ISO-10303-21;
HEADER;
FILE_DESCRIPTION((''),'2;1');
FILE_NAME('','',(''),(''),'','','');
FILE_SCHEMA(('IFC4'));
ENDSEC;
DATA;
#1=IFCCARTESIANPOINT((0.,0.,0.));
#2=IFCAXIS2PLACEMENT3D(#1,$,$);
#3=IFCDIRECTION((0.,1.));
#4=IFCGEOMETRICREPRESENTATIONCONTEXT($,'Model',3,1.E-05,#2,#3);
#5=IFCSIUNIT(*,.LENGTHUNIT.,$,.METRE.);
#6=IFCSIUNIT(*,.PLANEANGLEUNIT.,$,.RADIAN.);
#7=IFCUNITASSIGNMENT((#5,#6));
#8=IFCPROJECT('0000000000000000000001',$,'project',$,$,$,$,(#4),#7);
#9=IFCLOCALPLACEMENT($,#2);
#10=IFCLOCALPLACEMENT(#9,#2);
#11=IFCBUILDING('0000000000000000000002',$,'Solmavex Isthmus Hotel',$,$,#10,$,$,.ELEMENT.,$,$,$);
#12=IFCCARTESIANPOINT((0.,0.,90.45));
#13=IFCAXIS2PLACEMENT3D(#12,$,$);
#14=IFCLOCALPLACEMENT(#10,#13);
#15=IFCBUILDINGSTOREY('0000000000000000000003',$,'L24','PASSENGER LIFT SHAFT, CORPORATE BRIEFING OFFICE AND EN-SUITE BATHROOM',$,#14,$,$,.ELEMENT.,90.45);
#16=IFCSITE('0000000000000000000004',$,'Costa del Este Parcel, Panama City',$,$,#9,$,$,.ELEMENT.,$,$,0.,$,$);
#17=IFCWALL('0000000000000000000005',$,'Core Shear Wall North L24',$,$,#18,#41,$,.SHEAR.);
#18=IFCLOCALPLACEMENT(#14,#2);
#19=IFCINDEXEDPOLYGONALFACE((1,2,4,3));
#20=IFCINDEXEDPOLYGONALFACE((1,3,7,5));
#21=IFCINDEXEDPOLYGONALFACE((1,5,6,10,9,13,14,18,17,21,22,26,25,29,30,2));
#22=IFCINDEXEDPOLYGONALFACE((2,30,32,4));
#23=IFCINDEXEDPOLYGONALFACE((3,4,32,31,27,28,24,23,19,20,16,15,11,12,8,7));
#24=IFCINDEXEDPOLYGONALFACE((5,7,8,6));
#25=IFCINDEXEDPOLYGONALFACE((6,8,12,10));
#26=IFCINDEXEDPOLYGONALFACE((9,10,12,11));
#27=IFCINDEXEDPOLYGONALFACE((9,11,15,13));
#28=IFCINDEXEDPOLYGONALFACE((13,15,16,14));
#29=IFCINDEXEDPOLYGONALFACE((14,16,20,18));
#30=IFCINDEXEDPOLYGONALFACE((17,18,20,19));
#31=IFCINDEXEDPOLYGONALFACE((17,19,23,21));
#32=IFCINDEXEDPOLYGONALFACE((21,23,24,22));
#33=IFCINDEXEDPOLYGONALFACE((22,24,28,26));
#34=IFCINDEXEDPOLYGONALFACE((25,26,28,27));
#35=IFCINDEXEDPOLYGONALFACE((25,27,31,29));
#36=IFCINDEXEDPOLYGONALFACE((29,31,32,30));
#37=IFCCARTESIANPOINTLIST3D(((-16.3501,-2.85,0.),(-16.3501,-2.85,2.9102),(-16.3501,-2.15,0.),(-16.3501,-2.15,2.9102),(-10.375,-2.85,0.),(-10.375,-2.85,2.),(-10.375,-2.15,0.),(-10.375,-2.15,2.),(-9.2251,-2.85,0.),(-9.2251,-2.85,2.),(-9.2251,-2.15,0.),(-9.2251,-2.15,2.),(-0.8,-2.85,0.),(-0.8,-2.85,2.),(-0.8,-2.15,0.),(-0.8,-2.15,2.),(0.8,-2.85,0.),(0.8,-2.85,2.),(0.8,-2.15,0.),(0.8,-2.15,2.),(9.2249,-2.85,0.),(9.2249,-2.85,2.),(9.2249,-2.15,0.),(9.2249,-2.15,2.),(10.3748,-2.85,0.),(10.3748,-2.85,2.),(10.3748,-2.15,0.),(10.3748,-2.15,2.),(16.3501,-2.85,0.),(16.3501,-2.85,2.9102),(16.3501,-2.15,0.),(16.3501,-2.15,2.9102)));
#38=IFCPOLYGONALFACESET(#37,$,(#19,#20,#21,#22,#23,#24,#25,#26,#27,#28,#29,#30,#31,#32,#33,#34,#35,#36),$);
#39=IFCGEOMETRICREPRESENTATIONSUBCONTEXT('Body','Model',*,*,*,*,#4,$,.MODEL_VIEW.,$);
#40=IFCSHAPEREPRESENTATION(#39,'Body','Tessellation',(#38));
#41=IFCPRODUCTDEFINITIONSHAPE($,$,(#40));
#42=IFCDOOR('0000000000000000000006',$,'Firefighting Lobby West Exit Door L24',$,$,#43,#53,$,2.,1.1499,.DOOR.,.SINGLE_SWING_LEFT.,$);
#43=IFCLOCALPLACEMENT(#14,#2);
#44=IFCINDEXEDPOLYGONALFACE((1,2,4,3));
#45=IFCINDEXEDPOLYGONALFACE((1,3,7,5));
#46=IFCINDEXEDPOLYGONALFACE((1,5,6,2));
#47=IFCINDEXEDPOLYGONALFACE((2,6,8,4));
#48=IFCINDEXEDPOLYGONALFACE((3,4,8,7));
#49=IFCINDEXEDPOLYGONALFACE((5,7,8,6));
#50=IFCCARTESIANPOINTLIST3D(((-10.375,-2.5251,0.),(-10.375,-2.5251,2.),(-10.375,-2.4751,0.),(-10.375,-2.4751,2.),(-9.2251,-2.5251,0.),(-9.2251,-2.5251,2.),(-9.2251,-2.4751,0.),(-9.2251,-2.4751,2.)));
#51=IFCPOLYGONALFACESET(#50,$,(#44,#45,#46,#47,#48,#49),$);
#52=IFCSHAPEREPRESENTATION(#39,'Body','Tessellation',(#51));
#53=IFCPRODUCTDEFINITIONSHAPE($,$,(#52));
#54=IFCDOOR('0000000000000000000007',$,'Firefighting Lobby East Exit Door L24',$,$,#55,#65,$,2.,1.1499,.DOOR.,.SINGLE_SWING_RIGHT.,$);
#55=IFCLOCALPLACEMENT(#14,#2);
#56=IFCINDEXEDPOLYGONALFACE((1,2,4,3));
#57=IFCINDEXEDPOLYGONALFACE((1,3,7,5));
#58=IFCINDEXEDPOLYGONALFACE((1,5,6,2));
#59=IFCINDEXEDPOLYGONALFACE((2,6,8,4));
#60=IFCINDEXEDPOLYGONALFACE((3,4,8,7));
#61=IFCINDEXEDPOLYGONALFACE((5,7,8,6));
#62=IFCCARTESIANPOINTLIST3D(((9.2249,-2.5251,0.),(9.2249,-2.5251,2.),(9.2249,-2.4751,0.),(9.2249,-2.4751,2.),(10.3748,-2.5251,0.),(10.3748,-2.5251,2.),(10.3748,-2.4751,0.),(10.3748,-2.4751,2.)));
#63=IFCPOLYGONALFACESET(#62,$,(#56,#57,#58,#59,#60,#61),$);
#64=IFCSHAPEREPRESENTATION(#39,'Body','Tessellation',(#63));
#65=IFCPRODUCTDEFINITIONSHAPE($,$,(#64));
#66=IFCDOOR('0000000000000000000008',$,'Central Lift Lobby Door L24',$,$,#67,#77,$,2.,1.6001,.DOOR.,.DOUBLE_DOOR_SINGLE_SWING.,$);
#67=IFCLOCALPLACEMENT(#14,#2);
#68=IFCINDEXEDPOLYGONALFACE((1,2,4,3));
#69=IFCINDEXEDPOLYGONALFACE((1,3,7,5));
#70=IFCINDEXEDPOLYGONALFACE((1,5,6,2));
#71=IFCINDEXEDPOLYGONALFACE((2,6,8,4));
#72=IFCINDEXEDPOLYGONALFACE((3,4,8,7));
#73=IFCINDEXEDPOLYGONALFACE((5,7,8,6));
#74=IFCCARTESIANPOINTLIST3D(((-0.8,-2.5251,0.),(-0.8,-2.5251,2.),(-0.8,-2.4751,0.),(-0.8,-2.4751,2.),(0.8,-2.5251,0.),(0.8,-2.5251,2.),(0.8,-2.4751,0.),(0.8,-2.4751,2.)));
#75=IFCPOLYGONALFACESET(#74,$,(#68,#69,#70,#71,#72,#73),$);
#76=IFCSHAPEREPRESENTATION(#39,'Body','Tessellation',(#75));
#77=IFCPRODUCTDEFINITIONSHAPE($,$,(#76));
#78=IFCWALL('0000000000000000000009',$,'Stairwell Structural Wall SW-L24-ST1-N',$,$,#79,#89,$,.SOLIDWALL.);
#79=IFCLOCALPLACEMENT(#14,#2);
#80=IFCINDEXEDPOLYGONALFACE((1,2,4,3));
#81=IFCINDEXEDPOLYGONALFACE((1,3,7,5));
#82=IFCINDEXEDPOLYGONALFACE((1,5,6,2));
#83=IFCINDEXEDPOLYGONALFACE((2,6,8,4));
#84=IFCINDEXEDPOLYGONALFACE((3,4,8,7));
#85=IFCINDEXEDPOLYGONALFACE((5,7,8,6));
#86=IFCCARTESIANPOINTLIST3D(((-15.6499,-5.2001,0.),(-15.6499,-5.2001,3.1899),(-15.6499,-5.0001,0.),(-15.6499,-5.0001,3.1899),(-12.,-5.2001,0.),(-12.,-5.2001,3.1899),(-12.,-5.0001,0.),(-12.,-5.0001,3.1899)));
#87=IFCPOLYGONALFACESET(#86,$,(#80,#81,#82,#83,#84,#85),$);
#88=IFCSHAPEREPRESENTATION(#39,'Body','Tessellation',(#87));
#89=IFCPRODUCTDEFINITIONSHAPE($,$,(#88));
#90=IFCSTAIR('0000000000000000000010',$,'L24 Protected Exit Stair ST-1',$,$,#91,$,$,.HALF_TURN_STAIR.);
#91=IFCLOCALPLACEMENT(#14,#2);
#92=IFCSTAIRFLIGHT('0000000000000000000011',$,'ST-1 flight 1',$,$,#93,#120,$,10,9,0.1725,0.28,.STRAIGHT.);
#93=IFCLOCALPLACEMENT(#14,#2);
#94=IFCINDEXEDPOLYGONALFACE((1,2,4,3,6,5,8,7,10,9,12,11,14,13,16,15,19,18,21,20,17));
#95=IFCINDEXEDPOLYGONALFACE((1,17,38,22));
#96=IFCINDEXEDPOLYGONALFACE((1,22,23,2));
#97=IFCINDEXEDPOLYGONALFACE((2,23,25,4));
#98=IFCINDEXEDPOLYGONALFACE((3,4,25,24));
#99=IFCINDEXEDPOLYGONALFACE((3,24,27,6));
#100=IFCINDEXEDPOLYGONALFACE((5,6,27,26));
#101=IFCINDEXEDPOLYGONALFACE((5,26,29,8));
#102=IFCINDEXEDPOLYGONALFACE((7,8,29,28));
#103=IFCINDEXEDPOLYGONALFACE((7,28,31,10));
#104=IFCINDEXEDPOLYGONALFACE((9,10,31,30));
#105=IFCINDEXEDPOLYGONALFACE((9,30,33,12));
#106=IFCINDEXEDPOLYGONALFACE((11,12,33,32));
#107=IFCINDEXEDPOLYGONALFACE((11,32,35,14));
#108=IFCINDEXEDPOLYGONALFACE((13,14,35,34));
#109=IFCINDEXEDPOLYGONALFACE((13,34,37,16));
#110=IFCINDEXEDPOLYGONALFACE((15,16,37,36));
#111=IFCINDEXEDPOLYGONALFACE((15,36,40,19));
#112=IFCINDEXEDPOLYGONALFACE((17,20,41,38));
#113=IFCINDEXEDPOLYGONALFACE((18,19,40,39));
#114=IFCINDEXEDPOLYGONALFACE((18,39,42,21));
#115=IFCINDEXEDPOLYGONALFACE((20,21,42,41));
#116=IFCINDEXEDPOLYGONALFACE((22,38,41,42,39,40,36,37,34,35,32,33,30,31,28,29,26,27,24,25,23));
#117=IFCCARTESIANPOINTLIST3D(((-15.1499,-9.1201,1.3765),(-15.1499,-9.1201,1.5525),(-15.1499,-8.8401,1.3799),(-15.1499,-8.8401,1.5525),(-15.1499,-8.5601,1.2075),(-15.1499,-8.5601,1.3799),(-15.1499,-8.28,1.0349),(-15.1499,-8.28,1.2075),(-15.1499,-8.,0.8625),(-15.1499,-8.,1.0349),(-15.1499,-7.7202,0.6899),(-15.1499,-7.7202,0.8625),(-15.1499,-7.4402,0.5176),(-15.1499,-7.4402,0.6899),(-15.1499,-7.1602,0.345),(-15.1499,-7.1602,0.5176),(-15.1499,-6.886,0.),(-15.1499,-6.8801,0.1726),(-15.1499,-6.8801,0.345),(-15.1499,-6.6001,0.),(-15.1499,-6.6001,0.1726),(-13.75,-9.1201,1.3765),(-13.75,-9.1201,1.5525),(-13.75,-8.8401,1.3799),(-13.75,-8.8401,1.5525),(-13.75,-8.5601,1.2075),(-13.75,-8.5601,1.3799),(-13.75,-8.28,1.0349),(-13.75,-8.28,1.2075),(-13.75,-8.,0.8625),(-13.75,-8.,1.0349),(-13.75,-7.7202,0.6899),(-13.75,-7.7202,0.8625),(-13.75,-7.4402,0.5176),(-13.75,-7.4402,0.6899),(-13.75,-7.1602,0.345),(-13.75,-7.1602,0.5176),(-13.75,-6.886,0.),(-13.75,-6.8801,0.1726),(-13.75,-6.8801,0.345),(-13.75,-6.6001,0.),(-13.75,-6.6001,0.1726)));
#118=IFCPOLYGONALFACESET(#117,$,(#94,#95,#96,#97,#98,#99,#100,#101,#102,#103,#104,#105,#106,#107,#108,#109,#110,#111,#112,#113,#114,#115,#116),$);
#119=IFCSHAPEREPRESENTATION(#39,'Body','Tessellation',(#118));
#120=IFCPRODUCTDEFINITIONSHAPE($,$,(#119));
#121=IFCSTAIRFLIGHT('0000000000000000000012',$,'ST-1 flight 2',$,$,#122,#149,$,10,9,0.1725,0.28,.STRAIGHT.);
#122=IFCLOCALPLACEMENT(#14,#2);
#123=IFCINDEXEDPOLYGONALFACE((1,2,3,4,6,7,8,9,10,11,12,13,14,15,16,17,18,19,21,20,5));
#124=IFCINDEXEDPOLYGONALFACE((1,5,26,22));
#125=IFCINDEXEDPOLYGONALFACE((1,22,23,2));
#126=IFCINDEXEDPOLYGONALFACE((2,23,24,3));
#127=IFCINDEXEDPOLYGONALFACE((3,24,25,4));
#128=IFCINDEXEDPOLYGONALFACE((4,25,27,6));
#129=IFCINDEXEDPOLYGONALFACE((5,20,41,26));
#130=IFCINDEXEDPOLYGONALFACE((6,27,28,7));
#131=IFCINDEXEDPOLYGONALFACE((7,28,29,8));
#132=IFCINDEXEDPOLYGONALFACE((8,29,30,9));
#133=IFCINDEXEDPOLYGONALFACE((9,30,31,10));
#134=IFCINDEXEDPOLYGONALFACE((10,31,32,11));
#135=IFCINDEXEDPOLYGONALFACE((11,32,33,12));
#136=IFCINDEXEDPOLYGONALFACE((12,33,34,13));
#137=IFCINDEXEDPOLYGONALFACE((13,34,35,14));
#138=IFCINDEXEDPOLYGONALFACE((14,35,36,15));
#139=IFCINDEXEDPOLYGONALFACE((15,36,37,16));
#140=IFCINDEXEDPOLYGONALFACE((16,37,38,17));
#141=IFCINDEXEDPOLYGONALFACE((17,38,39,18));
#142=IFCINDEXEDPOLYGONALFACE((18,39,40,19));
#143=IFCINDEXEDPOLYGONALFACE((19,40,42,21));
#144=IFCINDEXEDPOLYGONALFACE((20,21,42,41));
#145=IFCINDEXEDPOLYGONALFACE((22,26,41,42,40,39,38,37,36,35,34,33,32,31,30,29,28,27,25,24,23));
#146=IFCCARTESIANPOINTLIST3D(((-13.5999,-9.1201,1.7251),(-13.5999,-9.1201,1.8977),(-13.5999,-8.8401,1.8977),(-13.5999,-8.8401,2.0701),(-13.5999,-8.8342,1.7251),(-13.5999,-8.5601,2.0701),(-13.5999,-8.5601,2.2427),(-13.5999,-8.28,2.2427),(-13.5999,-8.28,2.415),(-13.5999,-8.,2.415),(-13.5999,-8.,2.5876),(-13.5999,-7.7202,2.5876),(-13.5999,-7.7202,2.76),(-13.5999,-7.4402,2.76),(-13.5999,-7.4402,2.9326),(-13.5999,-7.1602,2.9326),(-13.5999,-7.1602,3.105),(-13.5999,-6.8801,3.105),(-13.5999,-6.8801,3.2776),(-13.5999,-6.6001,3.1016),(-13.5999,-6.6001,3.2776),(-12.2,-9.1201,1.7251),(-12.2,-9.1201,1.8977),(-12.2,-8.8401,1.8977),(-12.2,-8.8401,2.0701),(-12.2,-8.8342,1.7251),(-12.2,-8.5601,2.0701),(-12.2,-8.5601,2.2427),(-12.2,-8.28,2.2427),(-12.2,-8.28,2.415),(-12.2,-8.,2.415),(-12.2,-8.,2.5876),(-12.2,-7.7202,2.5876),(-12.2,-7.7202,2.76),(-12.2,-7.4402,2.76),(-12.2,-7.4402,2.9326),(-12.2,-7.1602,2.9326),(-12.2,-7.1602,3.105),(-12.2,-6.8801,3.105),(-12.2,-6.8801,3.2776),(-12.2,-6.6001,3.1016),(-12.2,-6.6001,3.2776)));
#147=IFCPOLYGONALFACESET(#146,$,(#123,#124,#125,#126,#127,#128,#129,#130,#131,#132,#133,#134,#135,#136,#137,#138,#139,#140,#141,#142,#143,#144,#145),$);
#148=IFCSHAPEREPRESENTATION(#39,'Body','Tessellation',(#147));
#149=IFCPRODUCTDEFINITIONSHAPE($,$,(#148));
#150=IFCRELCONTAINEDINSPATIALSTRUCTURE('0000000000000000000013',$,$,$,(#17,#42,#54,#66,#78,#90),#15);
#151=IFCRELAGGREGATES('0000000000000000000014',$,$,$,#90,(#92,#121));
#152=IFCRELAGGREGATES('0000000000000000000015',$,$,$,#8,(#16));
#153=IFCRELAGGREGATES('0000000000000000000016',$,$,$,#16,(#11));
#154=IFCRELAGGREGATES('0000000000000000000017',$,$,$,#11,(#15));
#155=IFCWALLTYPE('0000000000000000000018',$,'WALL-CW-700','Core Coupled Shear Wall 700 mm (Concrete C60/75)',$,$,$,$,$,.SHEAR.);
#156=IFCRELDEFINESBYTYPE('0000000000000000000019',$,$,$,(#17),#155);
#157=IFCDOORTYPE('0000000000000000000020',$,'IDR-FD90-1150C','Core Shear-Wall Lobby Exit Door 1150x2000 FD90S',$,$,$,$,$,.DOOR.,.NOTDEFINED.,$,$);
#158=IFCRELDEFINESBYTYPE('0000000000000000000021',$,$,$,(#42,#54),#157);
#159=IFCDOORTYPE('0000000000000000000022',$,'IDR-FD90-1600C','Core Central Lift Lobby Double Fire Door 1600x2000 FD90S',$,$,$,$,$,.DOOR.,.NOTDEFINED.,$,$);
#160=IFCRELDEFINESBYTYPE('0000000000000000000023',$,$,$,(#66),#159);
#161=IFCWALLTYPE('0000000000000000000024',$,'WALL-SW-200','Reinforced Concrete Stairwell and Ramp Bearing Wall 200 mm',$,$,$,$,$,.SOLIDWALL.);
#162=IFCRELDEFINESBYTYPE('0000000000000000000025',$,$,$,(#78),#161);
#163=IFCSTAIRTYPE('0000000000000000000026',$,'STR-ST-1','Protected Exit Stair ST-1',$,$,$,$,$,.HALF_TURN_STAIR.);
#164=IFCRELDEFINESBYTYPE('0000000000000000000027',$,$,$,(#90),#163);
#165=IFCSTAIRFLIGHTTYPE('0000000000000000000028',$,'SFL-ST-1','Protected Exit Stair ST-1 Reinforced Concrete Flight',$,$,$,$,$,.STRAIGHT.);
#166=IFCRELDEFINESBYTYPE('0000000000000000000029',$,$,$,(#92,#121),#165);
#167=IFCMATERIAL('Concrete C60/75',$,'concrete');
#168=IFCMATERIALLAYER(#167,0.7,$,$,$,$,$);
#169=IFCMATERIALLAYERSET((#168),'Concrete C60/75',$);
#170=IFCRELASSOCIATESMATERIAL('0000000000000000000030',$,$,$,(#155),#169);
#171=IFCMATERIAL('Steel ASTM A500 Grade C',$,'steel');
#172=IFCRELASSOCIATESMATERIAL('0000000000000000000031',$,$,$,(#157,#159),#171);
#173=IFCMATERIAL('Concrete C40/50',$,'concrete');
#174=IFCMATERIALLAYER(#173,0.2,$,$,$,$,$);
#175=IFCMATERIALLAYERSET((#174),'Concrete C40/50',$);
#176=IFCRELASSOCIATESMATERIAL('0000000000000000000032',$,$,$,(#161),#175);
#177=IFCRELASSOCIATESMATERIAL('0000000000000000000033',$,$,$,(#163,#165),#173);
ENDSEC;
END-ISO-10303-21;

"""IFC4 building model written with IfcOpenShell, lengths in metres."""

from ifc_helpers import new_model, si_unit, direction, frame, frame_2d, origin, place, context, subcontext, project, spatial, polyline, rectangle, outline, extrude, material, layer, layer_set, type_object, element, fill, aggregate, save


model = new_model("IFC4")

# Units and contexts
model_context = context("Model", 3, precision=1e-05, world=origin(), true_north=direction((0.0, 1.0)))
body_context = subcontext(model_context, "Body", "Model", "MODEL_VIEW")
ifc_project = project(units=[si_unit("LENGTHUNIT", "METRE"), si_unit("PLANEANGLEUNIT", "RADIAN")], contexts=[model_context])

# Site, building, storey
site_placement = place(None, origin())
site = spatial("IfcSite", under=ifc_project, at=site_placement, Name="Costa del Este Parcel, Panama City", CompositionType="ELEMENT", RefElevation=0.0)
building_placement = place(site_placement, origin())
building = spatial("IfcBuilding", under=site, at=building_placement, Name="Solmavex Isthmus Hotel", CompositionType="ELEMENT")
storey_placement = place(building_placement, frame((0.0, 0.0, 90.45)))
storey = spatial("IfcBuildingStorey", under=building, at=storey_placement, Name="L24", Description="PASSENGER LIFT SHAFT, CORPORATE BRIEFING OFFICE AND EN-SUITE BATHROOM", CompositionType="ELEMENT", Elevation=90.45)

# Shared definitions
ifc_material_1 = material(Name="Concrete C60/75", Category="concrete")

# Wall, openings, doors
ifc_material_2 = material(Name="Concrete C40/50", Category="concrete")
ifc_layer_1 = layer(ifc_material_1, 0.7)
ifc_layer_set_1 = layer_set([ifc_layer_1], Name="Concrete C60/75")
wall_type_1 = type_object("IfcWallType", Name="WALL-CW-700", Description="Core Coupled Shear Wall 700 mm (Concrete C60/75)", PredefinedType="SHEAR", material=ifc_layer_set_1)
wall_1_placement = place(storey_placement, frame((-16.3501, -2.5, 0.0), z_axis=(0.0, 0.0, 1.0), x_axis=(1.0, 0.0, 0.0)))
wall_1 = element("IfcWall", 1, at=wall_1_placement, inside=storey, type_object=wall_type_1, Name="Core Shear Wall North L24", PredefinedType="SHEAR", context=body_context, shape_type="SweptSolid", body=[
    extrude(rectangle(XDim=32.7002, YDim=0.7, at=frame_2d((16.3501, 0.0))), origin(), (0.0, 0.0, 1.0), 2.9102),
])
opening_1_placement = place(wall_1_placement, frame((5.9751, 0.0, 0.0)))
opening_1 = element("IfcOpeningElement", 2, at=opening_1_placement, cuts=wall_1, PredefinedType="OPENING", context=body_context, shape_type="SweptSolid", body=[
    extrude(rectangle(XDim=1.1499, YDim=2.0, at=frame_2d((0.575, 1.0))), frame((0.0, 0.3599, 0.0), z_axis=(0.0, -1.0, 0.0), x_axis=(1.0, 0.0, 0.0)), (0.0, 0.0, 1.0), 0.72),
])
opening_2_placement = place(wall_1_placement, frame((15.55, 0.0, 0.0)))
opening_2 = element("IfcOpeningElement", 3, at=opening_2_placement, cuts=wall_1, PredefinedType="OPENING", context=body_context, shape_type="SweptSolid", body=[
    extrude(rectangle(XDim=1.6001, YDim=2.0, at=frame_2d((0.8, 1.0))), frame((0.0, 0.3599, 0.0), z_axis=(0.0, -1.0, 0.0), x_axis=(1.0, 0.0, 0.0)), (0.0, 0.0, 1.0), 0.72),
])
opening_3_placement = place(wall_1_placement, frame((25.575, 0.0, 0.0)))
opening_3 = element("IfcOpeningElement", 4, at=opening_3_placement, cuts=wall_1, PredefinedType="OPENING", context=body_context, shape_type="SweptSolid", body=[
    extrude(rectangle(XDim=1.1499, YDim=2.0, at=frame_2d((0.575, 1.0))), frame((0.0, 0.3599, 0.0), z_axis=(0.0, -1.0, 0.0), x_axis=(1.0, 0.0, 0.0)), (0.0, 0.0, 1.0), 0.72),
])
ifc_material_3 = material(Name="Steel ASTM A500 Grade C", Category="steel")
door_type_1 = type_object("IfcDoorType", Name="IDR-FD90-1150C", Description="Core Shear-Wall Lobby Exit Door 1150x2000 FD90S", OperationType="NOTDEFINED", PredefinedType="DOOR", material=ifc_material_3)
door_1_placement = place(opening_1_placement, origin())
door_1 = element("IfcDoor", 5, at=door_1_placement, inside=storey, type_object=door_type_1, Name="Firefighting Lobby West Exit Door L24", OperationType="SINGLE_SWING_LEFT", OverallHeight=2.0, OverallWidth=1.1499, PredefinedType="DOOR", context=body_context, shape_type="SweptSolid", body=[
    extrude(rectangle(XDim=1.1499, YDim=2.0, at=frame_2d((0.575, 1.0))), frame((0.0, 0.0249, 0.0), z_axis=(0.0, -1.0, 0.0), x_axis=(1.0, 0.0, 0.0)), (0.0, 0.0, 1.0), 0.05),
])
fill(opening_1, door_1)
door_2_placement = place(opening_3_placement, origin())
door_2 = element("IfcDoor", 6, at=door_2_placement, inside=storey, type_object=door_type_1, Name="Firefighting Lobby East Exit Door L24", OperationType="SINGLE_SWING_RIGHT", OverallHeight=2.0, OverallWidth=1.1499, PredefinedType="DOOR", context=body_context, shape_type="SweptSolid", body=[
    extrude(rectangle(XDim=1.1499, YDim=2.0, at=frame_2d((0.575, 1.0))), frame((0.0, 0.0249, 0.0), z_axis=(0.0, -1.0, 0.0), x_axis=(1.0, 0.0, 0.0)), (0.0, 0.0, 1.0), 0.05),
])
fill(opening_3, door_2)
door_type_2 = type_object("IfcDoorType", Name="IDR-FD90-1600C", Description="Core Central Lift Lobby Double Fire Door 1600x2000 FD90S", OperationType="NOTDEFINED", PredefinedType="DOOR", material=ifc_material_3)
door_3_placement = place(opening_2_placement, origin())
door_3 = element("IfcDoor", 7, at=door_3_placement, inside=storey, type_object=door_type_2, Name="Central Lift Lobby Door L24", OperationType="DOUBLE_DOOR_SINGLE_SWING", OverallHeight=2.0, OverallWidth=1.6001, PredefinedType="DOOR", context=body_context, shape_type="SweptSolid", body=[
    extrude(rectangle(XDim=1.6001, YDim=2.0, at=frame_2d((0.8, 1.0))), frame((0.0, 0.0249, 0.0), z_axis=(0.0, -1.0, 0.0), x_axis=(1.0, 0.0, 0.0)), (0.0, 0.0, 1.0), 0.05),
])
fill(opening_2, door_3)

# Wall
ifc_layer_2 = layer(ifc_material_2, 0.2)
ifc_layer_set_2 = layer_set([ifc_layer_2], Name="Concrete C40/50")
wall_type_2 = type_object("IfcWallType", Name="WALL-SW-200", Description="Reinforced Concrete Stairwell and Ramp Bearing Wall 200 mm", PredefinedType="SOLIDWALL", material=ifc_layer_set_2)
wall_2_placement = place(storey_placement, frame((-15.6499, -5.1001, 0.0), z_axis=(0.0, 0.0, 1.0), x_axis=(1.0, 0.0, 0.0)))
element("IfcWall", 8, at=wall_2_placement, inside=storey, type_object=wall_type_2, Name="Stairwell Structural Wall SW-L24-ST1-N", PredefinedType="SOLIDWALL", context=body_context, shape_type="SweptSolid", body=[
    extrude(rectangle(XDim=3.6499, YDim=0.2, at=frame_2d((1.825, 0.0))), origin(), (0.0, 0.0, 1.0), 3.1899),
])

# Stair, stair flights
stair_type = type_object("IfcStairType", Name="STR-ST-1", Description="Protected Exit Stair ST-1", PredefinedType="HALF_TURN_STAIR", material=ifc_material_2)
stair_placement = place(storey_placement, origin())
stair = element("IfcStair", 9, at=stair_placement, inside=storey, type_object=stair_type, Name="L24 Protected Exit Stair ST-1", PredefinedType="HALF_TURN_STAIR")
stair_flight_type = type_object("IfcStairFlightType", Name="SFL-ST-1", Description="Protected Exit Stair ST-1 Reinforced Concrete Flight", PredefinedType="STRAIGHT", material=ifc_material_2)
stair_flight_1_placement = place(storey_placement, frame((-14.45, -6.6001, 0.0), z_axis=(0.0, 0.0, 1.0), x_axis=(0.0, -1.0, 0.0)))
stair_flight_1 = element("IfcStairFlight", 10, at=stair_flight_1_placement, type_object=stair_flight_type, Name="ST-1 flight 1", NumberOfRisers=10, NumberOfTreads=9, PredefinedType="STRAIGHT", RiserHeight=0.1725, TreadLength=0.28, context=body_context, shape_type="SweptSolid", body=[
    extrude(outline(polyline([(0.0, 0.0), (0.0, 0.1726), (0.28, 0.1726), (0.28, 0.345), (0.5601, 0.345), (0.5601, 0.5176), (0.8401, 0.5176), (0.8401, 0.6899), (1.1201, 0.6899), (1.1201, 0.8625), (1.3999, 0.8625), (1.3999, 1.0349), (1.6799, 1.0349), (1.6799, 1.2075), (1.96, 1.2075), (1.96, 1.3799), (2.24, 1.3799), (2.24, 1.5525), (2.52, 1.5525), (2.52, 1.7251), (2.52, 1.3765), (0.2859, 0.0), (0.0, 0.0)])), frame((0.0, 0.7, 0.0), z_axis=(0.0, -1.0, 0.0), x_axis=(1.0, 0.0, 0.0)), (0.0, 0.0, 1.0), 1.3999),
])
stair_flight_2_placement = place(storey_placement, frame((-12.8999, -9.1201, 1.7251), z_axis=(0.0, 0.0, 1.0), x_axis=(0.0, 1.0, 0.0)))
stair_flight_2 = element("IfcStairFlight", 11, at=stair_flight_2_placement, type_object=stair_flight_type, Name="ST-1 flight 2", NumberOfRisers=10, NumberOfTreads=9, PredefinedType="STRAIGHT", RiserHeight=0.1725, TreadLength=0.28, context=body_context, shape_type="SweptSolid", body=[
    extrude(outline(polyline([(0.0, 0.0), (0.0, 0.1726), (0.28, 0.1726), (0.28, 0.345), (0.5601, 0.345), (0.5601, 0.5176), (0.8401, 0.5176), (0.8401, 0.6899), (1.1201, 0.6899), (1.1201, 0.8625), (1.3999, 0.8625), (1.3999, 1.0349), (1.6799, 1.0349), (1.6799, 1.2075), (1.96, 1.2075), (1.96, 1.3799), (2.24, 1.3799), (2.24, 1.5525), (2.52, 1.5525), (2.52, 1.7251), (2.52, 1.3765), (0.2859, 0.0), (0.0, 0.0)])), frame((0.0, 0.7, 0.0), z_axis=(0.0, -1.0, 0.0), x_axis=(1.0, 0.0, 0.0)), (0.0, 0.0, 1.0), 1.3999),
])
aggregate(stair, [stair_flight_1, stair_flight_2])

save(model, "model.ifc")
